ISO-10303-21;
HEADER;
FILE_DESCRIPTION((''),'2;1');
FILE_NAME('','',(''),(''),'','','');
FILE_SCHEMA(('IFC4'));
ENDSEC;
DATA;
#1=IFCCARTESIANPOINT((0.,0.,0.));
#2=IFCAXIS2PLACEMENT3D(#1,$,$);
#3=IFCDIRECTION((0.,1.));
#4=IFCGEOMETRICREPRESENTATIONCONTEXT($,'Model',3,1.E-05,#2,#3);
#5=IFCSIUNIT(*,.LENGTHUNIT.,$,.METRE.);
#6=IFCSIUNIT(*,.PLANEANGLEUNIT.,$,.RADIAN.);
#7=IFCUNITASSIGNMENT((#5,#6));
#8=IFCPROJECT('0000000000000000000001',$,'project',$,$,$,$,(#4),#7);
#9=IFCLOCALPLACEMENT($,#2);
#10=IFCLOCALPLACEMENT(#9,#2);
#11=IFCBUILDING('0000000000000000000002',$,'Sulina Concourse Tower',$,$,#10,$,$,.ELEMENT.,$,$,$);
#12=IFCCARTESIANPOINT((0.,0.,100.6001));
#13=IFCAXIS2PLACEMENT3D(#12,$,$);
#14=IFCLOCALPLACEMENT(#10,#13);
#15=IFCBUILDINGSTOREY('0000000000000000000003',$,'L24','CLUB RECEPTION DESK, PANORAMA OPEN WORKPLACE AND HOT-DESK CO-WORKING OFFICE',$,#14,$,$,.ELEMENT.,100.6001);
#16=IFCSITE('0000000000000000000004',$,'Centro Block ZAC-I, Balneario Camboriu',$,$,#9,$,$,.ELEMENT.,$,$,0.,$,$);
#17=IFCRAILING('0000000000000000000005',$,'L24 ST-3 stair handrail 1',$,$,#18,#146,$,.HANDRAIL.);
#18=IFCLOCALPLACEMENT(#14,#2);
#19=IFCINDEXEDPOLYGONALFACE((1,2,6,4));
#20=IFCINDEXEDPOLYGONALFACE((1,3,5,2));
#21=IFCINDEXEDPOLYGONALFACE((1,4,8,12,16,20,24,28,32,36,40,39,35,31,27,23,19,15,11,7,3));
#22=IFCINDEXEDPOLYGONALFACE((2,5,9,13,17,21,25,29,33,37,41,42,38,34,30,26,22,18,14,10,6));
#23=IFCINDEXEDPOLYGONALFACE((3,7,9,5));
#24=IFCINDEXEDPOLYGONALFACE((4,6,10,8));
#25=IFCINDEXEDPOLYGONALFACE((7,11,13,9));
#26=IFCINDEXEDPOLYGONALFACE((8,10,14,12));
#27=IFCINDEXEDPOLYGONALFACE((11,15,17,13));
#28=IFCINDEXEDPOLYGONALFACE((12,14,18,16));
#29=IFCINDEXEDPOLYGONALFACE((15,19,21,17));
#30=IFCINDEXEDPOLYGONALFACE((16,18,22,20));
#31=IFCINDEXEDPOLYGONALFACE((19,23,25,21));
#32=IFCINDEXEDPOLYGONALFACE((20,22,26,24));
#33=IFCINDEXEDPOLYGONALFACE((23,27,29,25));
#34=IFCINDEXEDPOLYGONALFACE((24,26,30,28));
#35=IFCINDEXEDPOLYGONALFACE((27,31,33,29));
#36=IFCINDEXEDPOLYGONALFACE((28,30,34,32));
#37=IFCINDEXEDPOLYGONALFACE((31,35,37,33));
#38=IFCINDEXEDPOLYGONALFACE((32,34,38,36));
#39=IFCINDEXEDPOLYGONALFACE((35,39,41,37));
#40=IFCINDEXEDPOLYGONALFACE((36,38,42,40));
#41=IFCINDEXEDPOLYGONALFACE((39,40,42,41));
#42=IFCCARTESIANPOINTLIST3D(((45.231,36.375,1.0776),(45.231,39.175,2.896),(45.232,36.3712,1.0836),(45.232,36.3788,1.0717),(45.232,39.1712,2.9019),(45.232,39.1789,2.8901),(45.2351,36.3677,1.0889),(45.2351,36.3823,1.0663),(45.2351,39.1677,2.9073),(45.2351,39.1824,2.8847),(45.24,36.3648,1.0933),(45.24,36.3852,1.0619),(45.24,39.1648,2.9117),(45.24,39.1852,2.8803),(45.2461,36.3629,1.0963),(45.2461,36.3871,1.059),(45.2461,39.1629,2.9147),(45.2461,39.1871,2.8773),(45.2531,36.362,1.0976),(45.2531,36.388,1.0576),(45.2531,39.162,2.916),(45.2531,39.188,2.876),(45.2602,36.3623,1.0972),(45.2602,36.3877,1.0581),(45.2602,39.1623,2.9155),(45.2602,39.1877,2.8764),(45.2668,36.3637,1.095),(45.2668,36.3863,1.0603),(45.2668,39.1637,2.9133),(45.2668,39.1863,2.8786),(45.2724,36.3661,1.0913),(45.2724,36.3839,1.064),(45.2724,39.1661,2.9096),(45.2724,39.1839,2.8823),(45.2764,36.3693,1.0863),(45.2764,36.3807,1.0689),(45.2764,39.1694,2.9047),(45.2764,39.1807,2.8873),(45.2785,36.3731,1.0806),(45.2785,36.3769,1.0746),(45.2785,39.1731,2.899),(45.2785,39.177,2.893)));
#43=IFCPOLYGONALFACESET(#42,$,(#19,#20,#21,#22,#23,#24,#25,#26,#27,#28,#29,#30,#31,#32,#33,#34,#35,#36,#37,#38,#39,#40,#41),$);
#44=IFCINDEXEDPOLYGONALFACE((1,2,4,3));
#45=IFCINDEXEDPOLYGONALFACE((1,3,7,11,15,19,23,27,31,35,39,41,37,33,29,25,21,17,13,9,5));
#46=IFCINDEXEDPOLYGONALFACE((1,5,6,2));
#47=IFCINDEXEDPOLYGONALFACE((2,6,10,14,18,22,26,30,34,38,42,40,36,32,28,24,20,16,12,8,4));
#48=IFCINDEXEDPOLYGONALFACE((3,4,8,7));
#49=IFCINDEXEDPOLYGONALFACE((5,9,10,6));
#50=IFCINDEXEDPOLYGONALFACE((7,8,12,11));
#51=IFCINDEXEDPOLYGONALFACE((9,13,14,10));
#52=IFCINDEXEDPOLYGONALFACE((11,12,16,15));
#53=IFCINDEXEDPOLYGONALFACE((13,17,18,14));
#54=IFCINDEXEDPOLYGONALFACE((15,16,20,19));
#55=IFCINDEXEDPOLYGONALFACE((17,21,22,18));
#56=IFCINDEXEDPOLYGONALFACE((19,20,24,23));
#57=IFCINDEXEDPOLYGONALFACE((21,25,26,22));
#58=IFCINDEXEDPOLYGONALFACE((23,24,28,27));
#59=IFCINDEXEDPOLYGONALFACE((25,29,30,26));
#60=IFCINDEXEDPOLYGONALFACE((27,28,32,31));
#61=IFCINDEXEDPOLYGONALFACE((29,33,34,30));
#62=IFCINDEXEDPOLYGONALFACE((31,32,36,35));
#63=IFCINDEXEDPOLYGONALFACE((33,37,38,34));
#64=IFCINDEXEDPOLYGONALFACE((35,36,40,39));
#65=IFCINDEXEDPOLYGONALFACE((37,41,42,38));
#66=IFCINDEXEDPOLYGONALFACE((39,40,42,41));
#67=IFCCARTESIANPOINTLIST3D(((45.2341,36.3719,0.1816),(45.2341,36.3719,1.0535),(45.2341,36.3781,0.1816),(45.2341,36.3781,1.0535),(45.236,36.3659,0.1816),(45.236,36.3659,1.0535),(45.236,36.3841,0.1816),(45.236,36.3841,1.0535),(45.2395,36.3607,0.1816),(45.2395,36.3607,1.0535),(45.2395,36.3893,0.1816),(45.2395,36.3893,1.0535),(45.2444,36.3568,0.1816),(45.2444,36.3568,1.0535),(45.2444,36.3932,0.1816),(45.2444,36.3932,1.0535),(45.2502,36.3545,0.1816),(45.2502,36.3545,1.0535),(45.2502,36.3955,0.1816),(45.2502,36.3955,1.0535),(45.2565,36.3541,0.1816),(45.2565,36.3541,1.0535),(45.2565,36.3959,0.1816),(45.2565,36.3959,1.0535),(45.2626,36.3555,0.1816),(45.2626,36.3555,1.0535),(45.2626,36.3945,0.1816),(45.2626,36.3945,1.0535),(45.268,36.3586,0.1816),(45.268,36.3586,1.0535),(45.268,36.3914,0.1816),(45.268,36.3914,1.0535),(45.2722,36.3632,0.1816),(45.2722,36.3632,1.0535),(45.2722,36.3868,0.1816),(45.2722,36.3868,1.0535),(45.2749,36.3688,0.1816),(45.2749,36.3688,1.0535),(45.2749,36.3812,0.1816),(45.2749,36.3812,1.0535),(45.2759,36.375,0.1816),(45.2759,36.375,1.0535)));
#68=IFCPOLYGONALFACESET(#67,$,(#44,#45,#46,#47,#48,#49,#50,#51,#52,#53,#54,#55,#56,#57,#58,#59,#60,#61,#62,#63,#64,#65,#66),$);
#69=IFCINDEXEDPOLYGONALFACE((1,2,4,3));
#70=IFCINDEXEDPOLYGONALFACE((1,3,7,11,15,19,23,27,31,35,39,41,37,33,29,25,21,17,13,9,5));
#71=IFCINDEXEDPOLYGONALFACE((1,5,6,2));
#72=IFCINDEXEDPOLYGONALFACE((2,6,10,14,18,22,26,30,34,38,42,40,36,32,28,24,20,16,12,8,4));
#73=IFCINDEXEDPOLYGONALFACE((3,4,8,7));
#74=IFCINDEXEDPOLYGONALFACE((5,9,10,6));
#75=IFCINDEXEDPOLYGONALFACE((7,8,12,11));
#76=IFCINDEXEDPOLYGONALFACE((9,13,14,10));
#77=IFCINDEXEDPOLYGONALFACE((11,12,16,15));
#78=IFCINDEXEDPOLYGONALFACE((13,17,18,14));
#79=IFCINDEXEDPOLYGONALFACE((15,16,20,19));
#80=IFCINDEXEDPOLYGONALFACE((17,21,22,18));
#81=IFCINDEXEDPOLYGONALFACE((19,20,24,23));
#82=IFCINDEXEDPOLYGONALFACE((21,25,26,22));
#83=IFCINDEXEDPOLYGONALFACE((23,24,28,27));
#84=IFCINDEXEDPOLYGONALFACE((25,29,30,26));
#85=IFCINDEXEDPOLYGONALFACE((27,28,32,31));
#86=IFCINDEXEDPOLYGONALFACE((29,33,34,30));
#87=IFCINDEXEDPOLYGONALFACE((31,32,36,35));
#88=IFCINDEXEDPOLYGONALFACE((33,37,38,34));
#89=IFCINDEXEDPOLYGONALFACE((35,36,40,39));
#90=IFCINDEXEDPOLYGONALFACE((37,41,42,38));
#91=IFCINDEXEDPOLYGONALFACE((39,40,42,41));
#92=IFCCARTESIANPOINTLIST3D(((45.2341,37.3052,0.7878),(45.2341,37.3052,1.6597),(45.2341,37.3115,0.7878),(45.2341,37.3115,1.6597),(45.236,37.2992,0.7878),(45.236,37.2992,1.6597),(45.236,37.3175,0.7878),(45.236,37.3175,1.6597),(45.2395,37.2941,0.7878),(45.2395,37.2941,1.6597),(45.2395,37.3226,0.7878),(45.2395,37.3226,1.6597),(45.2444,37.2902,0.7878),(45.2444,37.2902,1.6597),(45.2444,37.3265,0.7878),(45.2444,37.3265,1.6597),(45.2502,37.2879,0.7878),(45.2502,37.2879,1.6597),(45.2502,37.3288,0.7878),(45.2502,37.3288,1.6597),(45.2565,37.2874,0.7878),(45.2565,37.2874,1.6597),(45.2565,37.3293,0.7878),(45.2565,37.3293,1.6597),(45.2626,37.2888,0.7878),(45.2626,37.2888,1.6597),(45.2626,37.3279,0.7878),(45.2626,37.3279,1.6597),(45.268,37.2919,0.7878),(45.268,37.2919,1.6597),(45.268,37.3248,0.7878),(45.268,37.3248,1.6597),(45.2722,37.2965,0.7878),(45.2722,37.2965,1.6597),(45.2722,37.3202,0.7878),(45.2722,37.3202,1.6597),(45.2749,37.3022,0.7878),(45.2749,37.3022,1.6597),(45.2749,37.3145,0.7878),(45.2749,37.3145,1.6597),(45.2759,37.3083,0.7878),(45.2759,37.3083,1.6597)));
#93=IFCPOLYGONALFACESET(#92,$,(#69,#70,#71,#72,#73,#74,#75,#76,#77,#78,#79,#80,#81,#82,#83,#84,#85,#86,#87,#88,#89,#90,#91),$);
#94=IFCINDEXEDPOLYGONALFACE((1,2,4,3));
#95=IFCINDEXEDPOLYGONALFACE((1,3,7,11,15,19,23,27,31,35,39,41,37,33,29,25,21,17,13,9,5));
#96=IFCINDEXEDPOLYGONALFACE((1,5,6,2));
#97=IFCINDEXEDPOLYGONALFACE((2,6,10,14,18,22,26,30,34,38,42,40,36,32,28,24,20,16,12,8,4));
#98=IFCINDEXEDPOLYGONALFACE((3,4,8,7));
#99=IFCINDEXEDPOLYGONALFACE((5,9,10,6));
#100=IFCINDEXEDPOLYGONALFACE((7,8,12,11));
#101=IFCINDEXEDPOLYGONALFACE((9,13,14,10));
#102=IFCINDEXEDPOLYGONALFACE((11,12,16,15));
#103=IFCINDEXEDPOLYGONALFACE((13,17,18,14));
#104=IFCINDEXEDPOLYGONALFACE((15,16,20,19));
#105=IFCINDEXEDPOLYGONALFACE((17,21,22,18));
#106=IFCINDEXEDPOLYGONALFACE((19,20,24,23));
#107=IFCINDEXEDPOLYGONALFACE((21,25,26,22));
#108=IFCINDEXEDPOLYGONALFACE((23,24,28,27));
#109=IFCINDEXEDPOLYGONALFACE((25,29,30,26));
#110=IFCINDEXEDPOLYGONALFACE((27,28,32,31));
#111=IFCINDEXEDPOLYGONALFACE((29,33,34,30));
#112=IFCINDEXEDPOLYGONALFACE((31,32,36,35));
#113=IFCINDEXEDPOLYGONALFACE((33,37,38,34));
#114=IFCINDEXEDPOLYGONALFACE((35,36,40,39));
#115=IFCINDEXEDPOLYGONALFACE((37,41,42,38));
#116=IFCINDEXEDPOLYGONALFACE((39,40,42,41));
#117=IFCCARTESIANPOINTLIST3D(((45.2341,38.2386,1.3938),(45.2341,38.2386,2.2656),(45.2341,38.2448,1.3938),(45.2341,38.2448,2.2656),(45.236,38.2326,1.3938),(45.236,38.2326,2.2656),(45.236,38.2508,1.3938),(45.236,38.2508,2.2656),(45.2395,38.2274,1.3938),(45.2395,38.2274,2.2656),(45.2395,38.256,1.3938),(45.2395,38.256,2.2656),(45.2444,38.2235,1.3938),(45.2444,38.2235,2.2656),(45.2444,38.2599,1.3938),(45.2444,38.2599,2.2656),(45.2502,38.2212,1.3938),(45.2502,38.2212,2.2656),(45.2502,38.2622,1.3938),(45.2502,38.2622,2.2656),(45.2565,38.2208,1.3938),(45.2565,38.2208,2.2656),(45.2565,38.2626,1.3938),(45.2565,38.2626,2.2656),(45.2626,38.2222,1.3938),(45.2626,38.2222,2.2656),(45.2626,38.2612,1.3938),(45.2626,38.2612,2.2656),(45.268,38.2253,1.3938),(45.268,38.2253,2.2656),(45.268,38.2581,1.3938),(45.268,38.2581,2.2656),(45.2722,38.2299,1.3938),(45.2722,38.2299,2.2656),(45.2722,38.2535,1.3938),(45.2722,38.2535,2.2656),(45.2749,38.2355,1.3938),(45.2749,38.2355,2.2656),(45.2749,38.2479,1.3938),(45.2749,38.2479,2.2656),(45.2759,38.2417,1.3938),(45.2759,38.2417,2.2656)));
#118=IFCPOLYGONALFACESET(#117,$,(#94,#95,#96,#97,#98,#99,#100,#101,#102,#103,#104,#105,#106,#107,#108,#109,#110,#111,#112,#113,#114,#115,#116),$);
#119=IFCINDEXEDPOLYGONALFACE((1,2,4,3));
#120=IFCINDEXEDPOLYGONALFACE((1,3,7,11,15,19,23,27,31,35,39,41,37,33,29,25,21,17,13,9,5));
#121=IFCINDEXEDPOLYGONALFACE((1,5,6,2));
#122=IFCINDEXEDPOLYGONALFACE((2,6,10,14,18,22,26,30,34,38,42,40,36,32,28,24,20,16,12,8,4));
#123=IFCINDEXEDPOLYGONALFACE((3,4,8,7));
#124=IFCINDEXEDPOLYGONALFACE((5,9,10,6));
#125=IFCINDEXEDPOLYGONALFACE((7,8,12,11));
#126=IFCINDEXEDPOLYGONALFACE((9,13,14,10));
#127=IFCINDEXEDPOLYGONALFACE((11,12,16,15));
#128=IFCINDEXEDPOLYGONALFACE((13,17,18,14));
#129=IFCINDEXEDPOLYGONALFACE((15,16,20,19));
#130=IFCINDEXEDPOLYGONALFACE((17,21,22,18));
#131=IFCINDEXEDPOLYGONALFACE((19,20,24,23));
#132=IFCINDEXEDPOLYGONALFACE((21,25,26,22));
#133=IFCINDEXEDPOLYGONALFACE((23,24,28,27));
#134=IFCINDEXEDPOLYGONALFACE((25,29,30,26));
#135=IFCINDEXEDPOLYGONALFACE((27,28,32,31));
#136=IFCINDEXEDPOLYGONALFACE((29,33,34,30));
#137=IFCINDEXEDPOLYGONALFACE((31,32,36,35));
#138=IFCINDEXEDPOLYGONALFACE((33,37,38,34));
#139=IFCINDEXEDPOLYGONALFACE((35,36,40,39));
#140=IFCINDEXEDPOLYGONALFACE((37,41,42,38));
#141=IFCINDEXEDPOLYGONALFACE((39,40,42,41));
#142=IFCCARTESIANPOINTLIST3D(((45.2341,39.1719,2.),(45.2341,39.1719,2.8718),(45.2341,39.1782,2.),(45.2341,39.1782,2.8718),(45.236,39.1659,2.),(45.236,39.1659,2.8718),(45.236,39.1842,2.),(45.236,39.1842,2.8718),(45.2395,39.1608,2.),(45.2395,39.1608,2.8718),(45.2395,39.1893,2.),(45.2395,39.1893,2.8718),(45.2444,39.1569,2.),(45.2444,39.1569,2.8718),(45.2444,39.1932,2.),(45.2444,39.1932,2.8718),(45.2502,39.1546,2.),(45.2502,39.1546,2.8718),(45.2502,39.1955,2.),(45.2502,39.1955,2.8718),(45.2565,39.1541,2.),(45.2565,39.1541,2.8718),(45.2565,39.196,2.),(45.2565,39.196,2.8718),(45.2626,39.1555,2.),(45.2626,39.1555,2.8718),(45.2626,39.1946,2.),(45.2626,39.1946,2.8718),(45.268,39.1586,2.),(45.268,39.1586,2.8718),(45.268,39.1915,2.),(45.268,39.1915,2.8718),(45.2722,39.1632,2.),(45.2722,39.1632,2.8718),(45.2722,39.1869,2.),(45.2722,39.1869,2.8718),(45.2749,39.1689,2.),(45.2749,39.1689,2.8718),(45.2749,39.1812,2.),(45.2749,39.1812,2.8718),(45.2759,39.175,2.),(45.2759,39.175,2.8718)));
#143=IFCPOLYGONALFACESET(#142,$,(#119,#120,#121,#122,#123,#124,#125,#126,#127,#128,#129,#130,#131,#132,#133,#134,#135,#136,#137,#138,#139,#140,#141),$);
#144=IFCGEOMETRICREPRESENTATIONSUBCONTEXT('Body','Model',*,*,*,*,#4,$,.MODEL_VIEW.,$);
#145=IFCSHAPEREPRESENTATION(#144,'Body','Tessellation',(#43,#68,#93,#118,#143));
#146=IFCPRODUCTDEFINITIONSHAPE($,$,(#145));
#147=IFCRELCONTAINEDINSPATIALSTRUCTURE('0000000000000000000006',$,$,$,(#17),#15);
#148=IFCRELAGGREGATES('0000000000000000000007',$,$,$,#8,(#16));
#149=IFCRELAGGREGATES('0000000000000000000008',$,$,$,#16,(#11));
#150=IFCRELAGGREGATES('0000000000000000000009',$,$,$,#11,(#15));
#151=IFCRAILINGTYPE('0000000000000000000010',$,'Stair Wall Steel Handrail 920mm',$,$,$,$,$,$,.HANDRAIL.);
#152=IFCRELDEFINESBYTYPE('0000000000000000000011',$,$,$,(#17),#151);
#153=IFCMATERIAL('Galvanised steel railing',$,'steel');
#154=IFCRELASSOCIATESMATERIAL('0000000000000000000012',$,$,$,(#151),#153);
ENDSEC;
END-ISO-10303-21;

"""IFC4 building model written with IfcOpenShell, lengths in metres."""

from ifc_helpers import new_model, si_unit, direction, frame, origin, origin_2d, place, context, subcontext, project, spatial, circle, extrude, material, type_object, element, save


model = new_model("IFC4")

# Units and contexts
model_context = context("Model", 3, precision=1e-05, world=origin(), true_north=direction((0.0, 1.0)))
body_context = subcontext(model_context, "Body", "Model", "MODEL_VIEW")
ifc_project = project(units=[si_unit("LENGTHUNIT", "METRE"), si_unit("PLANEANGLEUNIT", "RADIAN")], contexts=[model_context])

# Site, building, storey
site_placement = place(None, origin())
site = spatial("IfcSite", under=ifc_project, at=site_placement, Name="Centro Block ZAC-I, Balneario Camboriu", CompositionType="ELEMENT", RefElevation=0.0)
building_placement = place(site_placement, origin())
building = spatial("IfcBuilding", under=site, at=building_placement, Name="Sulina Concourse Tower", CompositionType="ELEMENT")
storey_placement = place(building_placement, frame((0.0, 0.0, 100.6001)))
storey = spatial("IfcBuildingStorey", under=building, at=storey_placement, Name="L24", Description="CLUB RECEPTION DESK, PANORAMA OPEN WORKPLACE AND HOT-DESK CO-WORKING OFFICE", CompositionType="ELEMENT", Elevation=100.6001)

# Railing
ifc_material_1 = material(Name="Galvanised steel railing", Category="steel")
railing_type_1 = type_object("IfcRailingType", Name="Stair Wall Steel Handrail 920mm", PredefinedType="HANDRAIL", material=ifc_material_1)
railing_1_placement = place(storey_placement, frame((45.2549, 36.375, 0.1816)))
element("IfcRailing", 1, at=railing_1_placement, inside=storey, type_object=railing_type_1, Name="L24 ST-3 stair handrail 1", PredefinedType="HANDRAIL", context=body_context, shape_type="SweptSolid", body=[
    extrude(circle(Radius=0.0239, at=origin_2d()), frame((0.0, 0.0, 0.896), z_axis=(0.0, 0.838672, 0.544636), x_axis=(-1.0, 0.0, 0.0)), (0.0, 0.0, 1.0), 3.3386),
    extrude(circle(Radius=0.021, at=origin_2d()), origin(), (0.0, 0.0, 1.0), 0.8718),
    extrude(circle(Radius=0.021, at=origin_2d()), frame((0.0, 0.9333, 0.6062)), (0.0, 0.0, 1.0), 0.8718),
    extrude(circle(Radius=0.021, at=origin_2d()), frame((0.0, 1.8667, 1.2122)), (0.0, 0.0, 1.0), 0.8718),
    extrude(circle(Radius=0.021, at=origin_2d()), frame((0.0, 2.8, 1.8184)), (0.0, 0.0, 1.0), 0.8718),
])

save(model, "model.ifc")
